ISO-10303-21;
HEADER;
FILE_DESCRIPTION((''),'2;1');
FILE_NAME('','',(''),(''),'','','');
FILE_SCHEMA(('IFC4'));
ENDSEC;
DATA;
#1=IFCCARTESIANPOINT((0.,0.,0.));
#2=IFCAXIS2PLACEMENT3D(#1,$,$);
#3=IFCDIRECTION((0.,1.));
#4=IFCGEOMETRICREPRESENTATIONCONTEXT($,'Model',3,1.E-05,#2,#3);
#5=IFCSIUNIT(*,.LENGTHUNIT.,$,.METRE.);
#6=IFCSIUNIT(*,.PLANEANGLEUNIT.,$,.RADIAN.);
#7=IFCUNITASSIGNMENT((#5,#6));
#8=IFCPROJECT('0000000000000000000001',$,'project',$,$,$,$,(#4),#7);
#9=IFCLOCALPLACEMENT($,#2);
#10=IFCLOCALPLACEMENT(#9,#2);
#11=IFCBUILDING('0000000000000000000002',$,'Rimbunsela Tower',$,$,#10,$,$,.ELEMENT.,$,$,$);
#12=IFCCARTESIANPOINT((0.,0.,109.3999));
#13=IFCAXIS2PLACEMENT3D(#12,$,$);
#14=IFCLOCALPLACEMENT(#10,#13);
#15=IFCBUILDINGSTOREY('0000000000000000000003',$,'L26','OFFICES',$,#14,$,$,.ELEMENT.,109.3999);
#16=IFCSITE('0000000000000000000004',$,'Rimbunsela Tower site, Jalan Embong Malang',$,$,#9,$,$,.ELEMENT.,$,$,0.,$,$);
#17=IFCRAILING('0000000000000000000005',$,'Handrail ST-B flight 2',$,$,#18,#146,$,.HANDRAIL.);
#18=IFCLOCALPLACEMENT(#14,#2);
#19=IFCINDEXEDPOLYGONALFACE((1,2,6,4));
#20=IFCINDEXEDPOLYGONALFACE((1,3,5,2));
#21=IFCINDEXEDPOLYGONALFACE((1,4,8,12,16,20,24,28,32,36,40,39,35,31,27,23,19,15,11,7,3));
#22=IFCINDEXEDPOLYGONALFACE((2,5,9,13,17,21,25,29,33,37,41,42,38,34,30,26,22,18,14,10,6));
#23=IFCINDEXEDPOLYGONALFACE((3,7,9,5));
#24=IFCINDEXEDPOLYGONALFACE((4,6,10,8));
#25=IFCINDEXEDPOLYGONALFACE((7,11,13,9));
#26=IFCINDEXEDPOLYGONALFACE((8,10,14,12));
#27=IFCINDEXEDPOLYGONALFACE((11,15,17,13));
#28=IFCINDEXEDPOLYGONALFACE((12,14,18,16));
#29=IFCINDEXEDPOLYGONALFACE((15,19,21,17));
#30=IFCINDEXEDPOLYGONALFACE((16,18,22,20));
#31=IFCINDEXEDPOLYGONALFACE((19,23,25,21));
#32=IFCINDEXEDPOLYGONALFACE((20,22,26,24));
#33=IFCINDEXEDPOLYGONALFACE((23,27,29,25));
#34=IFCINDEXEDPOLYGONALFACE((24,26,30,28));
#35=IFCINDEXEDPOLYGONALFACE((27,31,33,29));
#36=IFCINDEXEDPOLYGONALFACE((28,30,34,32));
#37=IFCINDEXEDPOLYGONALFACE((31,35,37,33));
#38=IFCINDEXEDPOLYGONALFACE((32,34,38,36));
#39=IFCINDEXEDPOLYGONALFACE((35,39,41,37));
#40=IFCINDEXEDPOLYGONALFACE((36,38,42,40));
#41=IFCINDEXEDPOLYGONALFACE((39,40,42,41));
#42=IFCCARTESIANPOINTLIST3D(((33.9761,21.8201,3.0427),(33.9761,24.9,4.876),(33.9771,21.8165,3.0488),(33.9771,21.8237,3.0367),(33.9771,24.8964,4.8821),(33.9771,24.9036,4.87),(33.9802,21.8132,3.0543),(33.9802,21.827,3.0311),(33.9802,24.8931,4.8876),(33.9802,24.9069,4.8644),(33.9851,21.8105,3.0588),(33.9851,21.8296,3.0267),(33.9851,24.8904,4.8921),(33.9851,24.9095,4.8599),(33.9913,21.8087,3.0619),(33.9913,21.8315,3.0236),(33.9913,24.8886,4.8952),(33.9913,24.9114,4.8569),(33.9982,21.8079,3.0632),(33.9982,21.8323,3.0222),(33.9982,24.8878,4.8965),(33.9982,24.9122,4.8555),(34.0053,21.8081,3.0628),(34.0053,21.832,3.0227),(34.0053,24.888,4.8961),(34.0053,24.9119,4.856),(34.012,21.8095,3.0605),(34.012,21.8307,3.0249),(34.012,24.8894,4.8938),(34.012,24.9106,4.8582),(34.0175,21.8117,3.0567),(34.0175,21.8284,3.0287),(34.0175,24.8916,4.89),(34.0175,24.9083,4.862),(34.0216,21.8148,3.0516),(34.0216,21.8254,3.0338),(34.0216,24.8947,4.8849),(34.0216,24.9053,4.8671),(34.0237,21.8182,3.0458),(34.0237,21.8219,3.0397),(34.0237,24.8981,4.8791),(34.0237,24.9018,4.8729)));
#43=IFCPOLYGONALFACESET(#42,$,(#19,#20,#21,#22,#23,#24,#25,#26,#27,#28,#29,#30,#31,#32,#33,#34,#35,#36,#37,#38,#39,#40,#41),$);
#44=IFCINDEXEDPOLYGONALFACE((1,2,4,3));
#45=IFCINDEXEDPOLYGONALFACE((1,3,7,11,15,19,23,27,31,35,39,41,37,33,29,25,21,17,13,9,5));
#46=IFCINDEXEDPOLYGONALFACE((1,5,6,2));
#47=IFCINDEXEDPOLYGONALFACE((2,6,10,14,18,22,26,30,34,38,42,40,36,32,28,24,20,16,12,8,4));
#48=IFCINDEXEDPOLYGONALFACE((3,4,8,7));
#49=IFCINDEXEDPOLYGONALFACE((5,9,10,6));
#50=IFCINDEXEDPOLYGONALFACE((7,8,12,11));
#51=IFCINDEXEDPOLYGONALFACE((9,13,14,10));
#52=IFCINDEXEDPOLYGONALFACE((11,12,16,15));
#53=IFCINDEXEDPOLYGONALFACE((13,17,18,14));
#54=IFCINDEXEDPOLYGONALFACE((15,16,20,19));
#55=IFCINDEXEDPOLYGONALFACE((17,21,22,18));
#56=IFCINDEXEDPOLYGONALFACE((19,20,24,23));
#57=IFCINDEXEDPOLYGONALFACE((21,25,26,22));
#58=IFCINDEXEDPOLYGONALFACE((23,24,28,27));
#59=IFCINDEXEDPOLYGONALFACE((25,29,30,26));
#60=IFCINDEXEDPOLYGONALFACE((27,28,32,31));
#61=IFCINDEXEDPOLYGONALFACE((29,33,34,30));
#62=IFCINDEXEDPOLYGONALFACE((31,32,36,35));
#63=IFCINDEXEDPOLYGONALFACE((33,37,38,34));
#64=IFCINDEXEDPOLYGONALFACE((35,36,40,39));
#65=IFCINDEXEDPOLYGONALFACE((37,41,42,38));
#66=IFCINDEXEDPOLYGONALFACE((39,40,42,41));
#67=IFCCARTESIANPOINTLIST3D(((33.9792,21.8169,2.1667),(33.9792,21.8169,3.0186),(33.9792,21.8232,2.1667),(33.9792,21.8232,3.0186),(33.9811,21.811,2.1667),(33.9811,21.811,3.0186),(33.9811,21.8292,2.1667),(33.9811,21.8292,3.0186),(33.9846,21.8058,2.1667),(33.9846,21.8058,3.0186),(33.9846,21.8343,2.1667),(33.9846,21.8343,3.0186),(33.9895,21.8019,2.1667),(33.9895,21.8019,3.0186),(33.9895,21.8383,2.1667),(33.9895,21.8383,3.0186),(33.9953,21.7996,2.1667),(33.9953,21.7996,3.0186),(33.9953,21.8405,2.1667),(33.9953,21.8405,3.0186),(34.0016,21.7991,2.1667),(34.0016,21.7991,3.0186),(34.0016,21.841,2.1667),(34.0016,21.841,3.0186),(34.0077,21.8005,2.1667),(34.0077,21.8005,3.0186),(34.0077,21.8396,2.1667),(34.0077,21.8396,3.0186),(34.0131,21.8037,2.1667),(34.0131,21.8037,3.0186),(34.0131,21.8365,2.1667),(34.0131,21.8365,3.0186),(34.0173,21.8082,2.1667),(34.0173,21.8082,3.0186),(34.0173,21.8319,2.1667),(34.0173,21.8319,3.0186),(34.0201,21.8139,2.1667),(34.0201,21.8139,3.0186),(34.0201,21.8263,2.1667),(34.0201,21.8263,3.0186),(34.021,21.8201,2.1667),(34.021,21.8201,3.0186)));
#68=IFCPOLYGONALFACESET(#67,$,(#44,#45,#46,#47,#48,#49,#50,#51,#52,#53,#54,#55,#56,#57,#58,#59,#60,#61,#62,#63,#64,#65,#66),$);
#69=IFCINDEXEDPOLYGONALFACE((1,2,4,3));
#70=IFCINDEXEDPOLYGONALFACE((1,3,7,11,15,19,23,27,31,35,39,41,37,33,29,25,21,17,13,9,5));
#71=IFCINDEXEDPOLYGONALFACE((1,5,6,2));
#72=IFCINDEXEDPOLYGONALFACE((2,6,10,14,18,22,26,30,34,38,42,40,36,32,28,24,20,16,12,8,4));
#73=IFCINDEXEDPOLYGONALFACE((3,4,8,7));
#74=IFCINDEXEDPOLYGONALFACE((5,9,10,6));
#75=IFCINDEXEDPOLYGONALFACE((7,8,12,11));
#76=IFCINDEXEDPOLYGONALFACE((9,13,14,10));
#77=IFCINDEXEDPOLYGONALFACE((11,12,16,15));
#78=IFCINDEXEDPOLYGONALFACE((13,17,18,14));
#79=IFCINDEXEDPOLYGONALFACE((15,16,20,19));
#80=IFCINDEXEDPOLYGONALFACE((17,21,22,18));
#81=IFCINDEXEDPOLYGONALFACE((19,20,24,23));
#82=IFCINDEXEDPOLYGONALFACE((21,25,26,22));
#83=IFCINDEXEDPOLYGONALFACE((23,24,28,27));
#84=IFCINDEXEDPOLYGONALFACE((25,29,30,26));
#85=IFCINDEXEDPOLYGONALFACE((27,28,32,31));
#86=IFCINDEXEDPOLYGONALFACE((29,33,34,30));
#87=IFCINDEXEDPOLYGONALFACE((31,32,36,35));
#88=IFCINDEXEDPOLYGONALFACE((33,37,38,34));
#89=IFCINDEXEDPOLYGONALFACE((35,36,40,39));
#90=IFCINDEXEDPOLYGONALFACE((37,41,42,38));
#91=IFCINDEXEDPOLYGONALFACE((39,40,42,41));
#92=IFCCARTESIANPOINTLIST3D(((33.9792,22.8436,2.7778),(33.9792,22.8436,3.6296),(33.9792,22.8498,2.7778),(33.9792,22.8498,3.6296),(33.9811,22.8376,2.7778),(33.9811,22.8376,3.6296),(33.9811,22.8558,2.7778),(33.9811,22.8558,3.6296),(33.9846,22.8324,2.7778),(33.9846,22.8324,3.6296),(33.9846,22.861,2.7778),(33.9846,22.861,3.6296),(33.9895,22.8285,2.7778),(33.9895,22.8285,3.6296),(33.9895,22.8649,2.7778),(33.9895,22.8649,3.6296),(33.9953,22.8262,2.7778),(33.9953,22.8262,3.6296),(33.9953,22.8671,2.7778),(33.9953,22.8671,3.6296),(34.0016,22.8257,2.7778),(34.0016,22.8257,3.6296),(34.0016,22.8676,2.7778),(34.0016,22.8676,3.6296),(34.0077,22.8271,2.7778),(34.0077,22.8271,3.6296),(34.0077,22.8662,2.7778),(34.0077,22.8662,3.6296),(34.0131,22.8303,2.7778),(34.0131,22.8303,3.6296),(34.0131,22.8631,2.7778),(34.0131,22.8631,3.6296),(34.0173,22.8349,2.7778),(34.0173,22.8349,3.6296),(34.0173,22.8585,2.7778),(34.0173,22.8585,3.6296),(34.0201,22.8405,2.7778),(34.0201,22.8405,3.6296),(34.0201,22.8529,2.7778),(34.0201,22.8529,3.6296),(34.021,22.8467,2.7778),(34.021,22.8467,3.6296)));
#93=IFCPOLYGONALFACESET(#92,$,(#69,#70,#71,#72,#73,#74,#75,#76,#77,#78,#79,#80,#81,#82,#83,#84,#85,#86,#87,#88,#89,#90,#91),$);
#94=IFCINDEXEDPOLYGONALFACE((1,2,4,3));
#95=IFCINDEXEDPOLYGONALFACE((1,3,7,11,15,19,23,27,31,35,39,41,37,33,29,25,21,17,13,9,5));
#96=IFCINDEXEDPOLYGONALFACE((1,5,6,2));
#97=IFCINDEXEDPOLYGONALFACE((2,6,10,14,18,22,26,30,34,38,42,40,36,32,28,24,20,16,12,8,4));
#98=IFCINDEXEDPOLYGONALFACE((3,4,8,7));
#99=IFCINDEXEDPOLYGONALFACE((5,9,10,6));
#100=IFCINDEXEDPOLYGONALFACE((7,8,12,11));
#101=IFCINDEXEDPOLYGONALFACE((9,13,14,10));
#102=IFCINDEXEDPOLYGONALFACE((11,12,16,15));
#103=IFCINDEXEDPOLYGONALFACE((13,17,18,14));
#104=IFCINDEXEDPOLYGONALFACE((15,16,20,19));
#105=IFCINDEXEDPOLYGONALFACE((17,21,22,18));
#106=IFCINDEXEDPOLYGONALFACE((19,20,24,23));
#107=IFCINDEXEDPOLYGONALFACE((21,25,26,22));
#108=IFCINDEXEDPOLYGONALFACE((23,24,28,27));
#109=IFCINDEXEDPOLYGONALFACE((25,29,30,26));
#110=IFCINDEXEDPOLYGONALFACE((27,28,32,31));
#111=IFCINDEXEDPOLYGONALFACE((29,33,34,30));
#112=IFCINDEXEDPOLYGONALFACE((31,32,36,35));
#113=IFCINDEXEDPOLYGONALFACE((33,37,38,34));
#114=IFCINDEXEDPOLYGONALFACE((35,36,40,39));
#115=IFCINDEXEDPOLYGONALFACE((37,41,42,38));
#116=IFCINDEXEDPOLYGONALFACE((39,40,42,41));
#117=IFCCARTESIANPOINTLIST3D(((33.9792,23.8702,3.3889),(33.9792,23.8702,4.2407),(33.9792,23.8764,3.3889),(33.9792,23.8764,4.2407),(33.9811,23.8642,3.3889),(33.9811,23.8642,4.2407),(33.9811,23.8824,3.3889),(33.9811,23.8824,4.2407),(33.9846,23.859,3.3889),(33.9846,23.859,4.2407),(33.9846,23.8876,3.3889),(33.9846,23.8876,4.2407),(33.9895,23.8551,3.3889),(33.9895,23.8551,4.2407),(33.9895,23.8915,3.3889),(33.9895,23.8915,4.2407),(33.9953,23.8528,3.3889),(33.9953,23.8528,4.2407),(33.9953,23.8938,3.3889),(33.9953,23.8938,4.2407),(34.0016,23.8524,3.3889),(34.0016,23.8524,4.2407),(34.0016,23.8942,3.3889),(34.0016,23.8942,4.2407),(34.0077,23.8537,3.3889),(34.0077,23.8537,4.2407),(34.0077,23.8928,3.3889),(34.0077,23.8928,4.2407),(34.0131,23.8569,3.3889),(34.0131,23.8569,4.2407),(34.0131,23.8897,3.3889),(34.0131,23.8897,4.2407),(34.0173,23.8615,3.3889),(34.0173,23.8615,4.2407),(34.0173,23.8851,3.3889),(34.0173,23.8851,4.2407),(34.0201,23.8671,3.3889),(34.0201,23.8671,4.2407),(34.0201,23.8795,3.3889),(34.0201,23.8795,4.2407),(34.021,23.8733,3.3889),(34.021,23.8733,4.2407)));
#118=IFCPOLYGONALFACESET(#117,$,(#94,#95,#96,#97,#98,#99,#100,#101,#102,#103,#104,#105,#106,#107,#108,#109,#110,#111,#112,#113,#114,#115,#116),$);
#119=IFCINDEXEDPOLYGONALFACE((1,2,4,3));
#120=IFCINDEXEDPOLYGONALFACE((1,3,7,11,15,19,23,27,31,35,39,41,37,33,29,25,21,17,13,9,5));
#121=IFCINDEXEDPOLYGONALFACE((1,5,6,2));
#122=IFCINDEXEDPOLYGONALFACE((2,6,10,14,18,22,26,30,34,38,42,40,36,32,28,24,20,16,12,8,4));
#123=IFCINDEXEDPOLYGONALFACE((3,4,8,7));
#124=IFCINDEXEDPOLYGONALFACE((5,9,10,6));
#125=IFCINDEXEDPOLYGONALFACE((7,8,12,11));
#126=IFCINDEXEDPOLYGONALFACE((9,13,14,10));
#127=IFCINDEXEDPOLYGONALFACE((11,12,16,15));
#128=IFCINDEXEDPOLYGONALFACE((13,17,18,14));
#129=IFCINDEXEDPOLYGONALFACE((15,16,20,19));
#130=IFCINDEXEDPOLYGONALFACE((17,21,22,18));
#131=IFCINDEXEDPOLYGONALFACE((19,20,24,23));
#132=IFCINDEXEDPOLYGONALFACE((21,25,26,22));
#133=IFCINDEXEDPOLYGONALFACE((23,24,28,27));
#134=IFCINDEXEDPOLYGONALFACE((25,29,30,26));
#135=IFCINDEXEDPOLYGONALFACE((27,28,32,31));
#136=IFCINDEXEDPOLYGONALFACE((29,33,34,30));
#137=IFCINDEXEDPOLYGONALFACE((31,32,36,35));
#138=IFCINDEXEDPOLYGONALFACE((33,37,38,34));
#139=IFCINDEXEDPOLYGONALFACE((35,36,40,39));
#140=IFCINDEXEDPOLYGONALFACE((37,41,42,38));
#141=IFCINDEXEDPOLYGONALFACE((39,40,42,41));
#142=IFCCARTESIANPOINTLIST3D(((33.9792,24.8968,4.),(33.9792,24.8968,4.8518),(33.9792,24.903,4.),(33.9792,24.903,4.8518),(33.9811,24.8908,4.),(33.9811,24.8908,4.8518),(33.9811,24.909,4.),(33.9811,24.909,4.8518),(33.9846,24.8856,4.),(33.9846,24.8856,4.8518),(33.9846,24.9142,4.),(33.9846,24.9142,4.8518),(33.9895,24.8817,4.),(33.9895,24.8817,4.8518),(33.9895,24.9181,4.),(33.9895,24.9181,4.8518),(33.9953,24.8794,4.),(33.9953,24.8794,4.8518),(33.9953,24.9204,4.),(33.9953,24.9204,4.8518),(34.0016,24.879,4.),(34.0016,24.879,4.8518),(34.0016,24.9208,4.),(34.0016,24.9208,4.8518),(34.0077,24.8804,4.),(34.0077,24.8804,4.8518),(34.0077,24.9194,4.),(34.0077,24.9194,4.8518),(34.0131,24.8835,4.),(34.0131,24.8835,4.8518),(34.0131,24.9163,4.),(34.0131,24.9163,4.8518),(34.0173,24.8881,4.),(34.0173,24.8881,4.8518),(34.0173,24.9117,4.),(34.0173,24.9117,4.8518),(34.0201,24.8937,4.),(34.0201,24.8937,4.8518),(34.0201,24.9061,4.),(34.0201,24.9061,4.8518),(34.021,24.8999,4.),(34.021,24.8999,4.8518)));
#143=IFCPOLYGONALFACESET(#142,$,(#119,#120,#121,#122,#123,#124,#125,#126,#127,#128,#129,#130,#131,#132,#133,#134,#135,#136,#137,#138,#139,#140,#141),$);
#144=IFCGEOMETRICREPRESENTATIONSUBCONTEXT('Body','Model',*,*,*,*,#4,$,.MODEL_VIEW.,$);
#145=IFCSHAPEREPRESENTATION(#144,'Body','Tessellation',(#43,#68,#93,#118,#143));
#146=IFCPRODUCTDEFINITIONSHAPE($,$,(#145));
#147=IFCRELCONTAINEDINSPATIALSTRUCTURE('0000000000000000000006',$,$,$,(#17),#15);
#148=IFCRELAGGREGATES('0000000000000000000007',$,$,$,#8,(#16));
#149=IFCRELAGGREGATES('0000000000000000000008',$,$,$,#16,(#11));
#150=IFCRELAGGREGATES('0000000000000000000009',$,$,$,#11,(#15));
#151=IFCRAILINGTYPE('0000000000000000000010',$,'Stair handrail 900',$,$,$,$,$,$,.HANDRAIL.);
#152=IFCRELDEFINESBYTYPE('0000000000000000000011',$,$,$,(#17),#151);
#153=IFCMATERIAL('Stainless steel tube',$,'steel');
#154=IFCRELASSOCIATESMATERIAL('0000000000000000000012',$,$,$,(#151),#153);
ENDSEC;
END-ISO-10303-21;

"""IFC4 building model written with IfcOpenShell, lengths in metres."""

from ifc_helpers import new_model, si_unit, direction, frame, origin, origin_2d, place, context, subcontext, project, spatial, circle, extrude, material, type_object, element, save


model = new_model("IFC4")

# Units and contexts
model_context = context("Model", 3, precision=1e-05, world=origin(), true_north=direction((0.0, 1.0)))
body_context = subcontext(model_context, "Body", "Model", "MODEL_VIEW")
ifc_project = project(units=[si_unit("LENGTHUNIT", "METRE"), si_unit("PLANEANGLEUNIT", "RADIAN")], contexts=[model_context])

# Site, building, storey
site_placement = place(None, origin())
site = spatial("IfcSite", under=ifc_project, at=site_placement, Name="Rimbunsela Tower site, Jalan Embong Malang", CompositionType="ELEMENT", RefElevation=0.0)
building_placement = place(site_placement, origin())
building = spatial("IfcBuilding", under=site, at=building_placement, Name="Rimbunsela Tower", CompositionType="ELEMENT")
storey_placement = place(building_placement, frame((0.0, 0.0, 109.3999)))
storey = spatial("IfcBuildingStorey", under=building, at=storey_placement, Name="L26", Description="OFFICES", CompositionType="ELEMENT", Elevation=109.3999)

# Railing
ifc_material_1 = material(Name="Stainless steel tube", Category="steel")
railing_type = type_object("IfcRailingType", Name="Stair handrail 900", PredefinedType="HANDRAIL", material=ifc_material_1)
railing_1_placement = place(storey_placement, frame((34.0, 21.8201, 2.1667)))
element("IfcRailing", 1, at=railing_1_placement, inside=storey, type_object=railing_type, Name="Handrail ST-B flight 2", PredefinedType="HANDRAIL", context=body_context, shape_type="SweptSolid", body=[
    extrude(circle(Radius=0.0239, at=origin_2d()), frame((0.0, 0.0, 0.876), z_axis=(0.0, 0.859291, 0.511487), x_axis=(-1.0, 0.0, 0.0)), (0.0, 0.0, 1.0), 3.5842),
    extrude(circle(Radius=0.021, at=origin_2d()), origin(), (0.0, 0.0, 1.0), 0.8518),
    extrude(circle(Radius=0.021, at=origin_2d()), frame((0.0, 1.0266, 0.6111)), (0.0, 0.0, 1.0), 0.8518),
    extrude(circle(Radius=0.021, at=origin_2d()), frame((0.0, 2.0532, 1.2222)), (0.0, 0.0, 1.0), 0.8518),
    extrude(circle(Radius=0.021, at=origin_2d()), frame((0.0, 3.0798, 1.8333)), (0.0, 0.0, 1.0), 0.8518),
])

save(model, "model.ifc")
